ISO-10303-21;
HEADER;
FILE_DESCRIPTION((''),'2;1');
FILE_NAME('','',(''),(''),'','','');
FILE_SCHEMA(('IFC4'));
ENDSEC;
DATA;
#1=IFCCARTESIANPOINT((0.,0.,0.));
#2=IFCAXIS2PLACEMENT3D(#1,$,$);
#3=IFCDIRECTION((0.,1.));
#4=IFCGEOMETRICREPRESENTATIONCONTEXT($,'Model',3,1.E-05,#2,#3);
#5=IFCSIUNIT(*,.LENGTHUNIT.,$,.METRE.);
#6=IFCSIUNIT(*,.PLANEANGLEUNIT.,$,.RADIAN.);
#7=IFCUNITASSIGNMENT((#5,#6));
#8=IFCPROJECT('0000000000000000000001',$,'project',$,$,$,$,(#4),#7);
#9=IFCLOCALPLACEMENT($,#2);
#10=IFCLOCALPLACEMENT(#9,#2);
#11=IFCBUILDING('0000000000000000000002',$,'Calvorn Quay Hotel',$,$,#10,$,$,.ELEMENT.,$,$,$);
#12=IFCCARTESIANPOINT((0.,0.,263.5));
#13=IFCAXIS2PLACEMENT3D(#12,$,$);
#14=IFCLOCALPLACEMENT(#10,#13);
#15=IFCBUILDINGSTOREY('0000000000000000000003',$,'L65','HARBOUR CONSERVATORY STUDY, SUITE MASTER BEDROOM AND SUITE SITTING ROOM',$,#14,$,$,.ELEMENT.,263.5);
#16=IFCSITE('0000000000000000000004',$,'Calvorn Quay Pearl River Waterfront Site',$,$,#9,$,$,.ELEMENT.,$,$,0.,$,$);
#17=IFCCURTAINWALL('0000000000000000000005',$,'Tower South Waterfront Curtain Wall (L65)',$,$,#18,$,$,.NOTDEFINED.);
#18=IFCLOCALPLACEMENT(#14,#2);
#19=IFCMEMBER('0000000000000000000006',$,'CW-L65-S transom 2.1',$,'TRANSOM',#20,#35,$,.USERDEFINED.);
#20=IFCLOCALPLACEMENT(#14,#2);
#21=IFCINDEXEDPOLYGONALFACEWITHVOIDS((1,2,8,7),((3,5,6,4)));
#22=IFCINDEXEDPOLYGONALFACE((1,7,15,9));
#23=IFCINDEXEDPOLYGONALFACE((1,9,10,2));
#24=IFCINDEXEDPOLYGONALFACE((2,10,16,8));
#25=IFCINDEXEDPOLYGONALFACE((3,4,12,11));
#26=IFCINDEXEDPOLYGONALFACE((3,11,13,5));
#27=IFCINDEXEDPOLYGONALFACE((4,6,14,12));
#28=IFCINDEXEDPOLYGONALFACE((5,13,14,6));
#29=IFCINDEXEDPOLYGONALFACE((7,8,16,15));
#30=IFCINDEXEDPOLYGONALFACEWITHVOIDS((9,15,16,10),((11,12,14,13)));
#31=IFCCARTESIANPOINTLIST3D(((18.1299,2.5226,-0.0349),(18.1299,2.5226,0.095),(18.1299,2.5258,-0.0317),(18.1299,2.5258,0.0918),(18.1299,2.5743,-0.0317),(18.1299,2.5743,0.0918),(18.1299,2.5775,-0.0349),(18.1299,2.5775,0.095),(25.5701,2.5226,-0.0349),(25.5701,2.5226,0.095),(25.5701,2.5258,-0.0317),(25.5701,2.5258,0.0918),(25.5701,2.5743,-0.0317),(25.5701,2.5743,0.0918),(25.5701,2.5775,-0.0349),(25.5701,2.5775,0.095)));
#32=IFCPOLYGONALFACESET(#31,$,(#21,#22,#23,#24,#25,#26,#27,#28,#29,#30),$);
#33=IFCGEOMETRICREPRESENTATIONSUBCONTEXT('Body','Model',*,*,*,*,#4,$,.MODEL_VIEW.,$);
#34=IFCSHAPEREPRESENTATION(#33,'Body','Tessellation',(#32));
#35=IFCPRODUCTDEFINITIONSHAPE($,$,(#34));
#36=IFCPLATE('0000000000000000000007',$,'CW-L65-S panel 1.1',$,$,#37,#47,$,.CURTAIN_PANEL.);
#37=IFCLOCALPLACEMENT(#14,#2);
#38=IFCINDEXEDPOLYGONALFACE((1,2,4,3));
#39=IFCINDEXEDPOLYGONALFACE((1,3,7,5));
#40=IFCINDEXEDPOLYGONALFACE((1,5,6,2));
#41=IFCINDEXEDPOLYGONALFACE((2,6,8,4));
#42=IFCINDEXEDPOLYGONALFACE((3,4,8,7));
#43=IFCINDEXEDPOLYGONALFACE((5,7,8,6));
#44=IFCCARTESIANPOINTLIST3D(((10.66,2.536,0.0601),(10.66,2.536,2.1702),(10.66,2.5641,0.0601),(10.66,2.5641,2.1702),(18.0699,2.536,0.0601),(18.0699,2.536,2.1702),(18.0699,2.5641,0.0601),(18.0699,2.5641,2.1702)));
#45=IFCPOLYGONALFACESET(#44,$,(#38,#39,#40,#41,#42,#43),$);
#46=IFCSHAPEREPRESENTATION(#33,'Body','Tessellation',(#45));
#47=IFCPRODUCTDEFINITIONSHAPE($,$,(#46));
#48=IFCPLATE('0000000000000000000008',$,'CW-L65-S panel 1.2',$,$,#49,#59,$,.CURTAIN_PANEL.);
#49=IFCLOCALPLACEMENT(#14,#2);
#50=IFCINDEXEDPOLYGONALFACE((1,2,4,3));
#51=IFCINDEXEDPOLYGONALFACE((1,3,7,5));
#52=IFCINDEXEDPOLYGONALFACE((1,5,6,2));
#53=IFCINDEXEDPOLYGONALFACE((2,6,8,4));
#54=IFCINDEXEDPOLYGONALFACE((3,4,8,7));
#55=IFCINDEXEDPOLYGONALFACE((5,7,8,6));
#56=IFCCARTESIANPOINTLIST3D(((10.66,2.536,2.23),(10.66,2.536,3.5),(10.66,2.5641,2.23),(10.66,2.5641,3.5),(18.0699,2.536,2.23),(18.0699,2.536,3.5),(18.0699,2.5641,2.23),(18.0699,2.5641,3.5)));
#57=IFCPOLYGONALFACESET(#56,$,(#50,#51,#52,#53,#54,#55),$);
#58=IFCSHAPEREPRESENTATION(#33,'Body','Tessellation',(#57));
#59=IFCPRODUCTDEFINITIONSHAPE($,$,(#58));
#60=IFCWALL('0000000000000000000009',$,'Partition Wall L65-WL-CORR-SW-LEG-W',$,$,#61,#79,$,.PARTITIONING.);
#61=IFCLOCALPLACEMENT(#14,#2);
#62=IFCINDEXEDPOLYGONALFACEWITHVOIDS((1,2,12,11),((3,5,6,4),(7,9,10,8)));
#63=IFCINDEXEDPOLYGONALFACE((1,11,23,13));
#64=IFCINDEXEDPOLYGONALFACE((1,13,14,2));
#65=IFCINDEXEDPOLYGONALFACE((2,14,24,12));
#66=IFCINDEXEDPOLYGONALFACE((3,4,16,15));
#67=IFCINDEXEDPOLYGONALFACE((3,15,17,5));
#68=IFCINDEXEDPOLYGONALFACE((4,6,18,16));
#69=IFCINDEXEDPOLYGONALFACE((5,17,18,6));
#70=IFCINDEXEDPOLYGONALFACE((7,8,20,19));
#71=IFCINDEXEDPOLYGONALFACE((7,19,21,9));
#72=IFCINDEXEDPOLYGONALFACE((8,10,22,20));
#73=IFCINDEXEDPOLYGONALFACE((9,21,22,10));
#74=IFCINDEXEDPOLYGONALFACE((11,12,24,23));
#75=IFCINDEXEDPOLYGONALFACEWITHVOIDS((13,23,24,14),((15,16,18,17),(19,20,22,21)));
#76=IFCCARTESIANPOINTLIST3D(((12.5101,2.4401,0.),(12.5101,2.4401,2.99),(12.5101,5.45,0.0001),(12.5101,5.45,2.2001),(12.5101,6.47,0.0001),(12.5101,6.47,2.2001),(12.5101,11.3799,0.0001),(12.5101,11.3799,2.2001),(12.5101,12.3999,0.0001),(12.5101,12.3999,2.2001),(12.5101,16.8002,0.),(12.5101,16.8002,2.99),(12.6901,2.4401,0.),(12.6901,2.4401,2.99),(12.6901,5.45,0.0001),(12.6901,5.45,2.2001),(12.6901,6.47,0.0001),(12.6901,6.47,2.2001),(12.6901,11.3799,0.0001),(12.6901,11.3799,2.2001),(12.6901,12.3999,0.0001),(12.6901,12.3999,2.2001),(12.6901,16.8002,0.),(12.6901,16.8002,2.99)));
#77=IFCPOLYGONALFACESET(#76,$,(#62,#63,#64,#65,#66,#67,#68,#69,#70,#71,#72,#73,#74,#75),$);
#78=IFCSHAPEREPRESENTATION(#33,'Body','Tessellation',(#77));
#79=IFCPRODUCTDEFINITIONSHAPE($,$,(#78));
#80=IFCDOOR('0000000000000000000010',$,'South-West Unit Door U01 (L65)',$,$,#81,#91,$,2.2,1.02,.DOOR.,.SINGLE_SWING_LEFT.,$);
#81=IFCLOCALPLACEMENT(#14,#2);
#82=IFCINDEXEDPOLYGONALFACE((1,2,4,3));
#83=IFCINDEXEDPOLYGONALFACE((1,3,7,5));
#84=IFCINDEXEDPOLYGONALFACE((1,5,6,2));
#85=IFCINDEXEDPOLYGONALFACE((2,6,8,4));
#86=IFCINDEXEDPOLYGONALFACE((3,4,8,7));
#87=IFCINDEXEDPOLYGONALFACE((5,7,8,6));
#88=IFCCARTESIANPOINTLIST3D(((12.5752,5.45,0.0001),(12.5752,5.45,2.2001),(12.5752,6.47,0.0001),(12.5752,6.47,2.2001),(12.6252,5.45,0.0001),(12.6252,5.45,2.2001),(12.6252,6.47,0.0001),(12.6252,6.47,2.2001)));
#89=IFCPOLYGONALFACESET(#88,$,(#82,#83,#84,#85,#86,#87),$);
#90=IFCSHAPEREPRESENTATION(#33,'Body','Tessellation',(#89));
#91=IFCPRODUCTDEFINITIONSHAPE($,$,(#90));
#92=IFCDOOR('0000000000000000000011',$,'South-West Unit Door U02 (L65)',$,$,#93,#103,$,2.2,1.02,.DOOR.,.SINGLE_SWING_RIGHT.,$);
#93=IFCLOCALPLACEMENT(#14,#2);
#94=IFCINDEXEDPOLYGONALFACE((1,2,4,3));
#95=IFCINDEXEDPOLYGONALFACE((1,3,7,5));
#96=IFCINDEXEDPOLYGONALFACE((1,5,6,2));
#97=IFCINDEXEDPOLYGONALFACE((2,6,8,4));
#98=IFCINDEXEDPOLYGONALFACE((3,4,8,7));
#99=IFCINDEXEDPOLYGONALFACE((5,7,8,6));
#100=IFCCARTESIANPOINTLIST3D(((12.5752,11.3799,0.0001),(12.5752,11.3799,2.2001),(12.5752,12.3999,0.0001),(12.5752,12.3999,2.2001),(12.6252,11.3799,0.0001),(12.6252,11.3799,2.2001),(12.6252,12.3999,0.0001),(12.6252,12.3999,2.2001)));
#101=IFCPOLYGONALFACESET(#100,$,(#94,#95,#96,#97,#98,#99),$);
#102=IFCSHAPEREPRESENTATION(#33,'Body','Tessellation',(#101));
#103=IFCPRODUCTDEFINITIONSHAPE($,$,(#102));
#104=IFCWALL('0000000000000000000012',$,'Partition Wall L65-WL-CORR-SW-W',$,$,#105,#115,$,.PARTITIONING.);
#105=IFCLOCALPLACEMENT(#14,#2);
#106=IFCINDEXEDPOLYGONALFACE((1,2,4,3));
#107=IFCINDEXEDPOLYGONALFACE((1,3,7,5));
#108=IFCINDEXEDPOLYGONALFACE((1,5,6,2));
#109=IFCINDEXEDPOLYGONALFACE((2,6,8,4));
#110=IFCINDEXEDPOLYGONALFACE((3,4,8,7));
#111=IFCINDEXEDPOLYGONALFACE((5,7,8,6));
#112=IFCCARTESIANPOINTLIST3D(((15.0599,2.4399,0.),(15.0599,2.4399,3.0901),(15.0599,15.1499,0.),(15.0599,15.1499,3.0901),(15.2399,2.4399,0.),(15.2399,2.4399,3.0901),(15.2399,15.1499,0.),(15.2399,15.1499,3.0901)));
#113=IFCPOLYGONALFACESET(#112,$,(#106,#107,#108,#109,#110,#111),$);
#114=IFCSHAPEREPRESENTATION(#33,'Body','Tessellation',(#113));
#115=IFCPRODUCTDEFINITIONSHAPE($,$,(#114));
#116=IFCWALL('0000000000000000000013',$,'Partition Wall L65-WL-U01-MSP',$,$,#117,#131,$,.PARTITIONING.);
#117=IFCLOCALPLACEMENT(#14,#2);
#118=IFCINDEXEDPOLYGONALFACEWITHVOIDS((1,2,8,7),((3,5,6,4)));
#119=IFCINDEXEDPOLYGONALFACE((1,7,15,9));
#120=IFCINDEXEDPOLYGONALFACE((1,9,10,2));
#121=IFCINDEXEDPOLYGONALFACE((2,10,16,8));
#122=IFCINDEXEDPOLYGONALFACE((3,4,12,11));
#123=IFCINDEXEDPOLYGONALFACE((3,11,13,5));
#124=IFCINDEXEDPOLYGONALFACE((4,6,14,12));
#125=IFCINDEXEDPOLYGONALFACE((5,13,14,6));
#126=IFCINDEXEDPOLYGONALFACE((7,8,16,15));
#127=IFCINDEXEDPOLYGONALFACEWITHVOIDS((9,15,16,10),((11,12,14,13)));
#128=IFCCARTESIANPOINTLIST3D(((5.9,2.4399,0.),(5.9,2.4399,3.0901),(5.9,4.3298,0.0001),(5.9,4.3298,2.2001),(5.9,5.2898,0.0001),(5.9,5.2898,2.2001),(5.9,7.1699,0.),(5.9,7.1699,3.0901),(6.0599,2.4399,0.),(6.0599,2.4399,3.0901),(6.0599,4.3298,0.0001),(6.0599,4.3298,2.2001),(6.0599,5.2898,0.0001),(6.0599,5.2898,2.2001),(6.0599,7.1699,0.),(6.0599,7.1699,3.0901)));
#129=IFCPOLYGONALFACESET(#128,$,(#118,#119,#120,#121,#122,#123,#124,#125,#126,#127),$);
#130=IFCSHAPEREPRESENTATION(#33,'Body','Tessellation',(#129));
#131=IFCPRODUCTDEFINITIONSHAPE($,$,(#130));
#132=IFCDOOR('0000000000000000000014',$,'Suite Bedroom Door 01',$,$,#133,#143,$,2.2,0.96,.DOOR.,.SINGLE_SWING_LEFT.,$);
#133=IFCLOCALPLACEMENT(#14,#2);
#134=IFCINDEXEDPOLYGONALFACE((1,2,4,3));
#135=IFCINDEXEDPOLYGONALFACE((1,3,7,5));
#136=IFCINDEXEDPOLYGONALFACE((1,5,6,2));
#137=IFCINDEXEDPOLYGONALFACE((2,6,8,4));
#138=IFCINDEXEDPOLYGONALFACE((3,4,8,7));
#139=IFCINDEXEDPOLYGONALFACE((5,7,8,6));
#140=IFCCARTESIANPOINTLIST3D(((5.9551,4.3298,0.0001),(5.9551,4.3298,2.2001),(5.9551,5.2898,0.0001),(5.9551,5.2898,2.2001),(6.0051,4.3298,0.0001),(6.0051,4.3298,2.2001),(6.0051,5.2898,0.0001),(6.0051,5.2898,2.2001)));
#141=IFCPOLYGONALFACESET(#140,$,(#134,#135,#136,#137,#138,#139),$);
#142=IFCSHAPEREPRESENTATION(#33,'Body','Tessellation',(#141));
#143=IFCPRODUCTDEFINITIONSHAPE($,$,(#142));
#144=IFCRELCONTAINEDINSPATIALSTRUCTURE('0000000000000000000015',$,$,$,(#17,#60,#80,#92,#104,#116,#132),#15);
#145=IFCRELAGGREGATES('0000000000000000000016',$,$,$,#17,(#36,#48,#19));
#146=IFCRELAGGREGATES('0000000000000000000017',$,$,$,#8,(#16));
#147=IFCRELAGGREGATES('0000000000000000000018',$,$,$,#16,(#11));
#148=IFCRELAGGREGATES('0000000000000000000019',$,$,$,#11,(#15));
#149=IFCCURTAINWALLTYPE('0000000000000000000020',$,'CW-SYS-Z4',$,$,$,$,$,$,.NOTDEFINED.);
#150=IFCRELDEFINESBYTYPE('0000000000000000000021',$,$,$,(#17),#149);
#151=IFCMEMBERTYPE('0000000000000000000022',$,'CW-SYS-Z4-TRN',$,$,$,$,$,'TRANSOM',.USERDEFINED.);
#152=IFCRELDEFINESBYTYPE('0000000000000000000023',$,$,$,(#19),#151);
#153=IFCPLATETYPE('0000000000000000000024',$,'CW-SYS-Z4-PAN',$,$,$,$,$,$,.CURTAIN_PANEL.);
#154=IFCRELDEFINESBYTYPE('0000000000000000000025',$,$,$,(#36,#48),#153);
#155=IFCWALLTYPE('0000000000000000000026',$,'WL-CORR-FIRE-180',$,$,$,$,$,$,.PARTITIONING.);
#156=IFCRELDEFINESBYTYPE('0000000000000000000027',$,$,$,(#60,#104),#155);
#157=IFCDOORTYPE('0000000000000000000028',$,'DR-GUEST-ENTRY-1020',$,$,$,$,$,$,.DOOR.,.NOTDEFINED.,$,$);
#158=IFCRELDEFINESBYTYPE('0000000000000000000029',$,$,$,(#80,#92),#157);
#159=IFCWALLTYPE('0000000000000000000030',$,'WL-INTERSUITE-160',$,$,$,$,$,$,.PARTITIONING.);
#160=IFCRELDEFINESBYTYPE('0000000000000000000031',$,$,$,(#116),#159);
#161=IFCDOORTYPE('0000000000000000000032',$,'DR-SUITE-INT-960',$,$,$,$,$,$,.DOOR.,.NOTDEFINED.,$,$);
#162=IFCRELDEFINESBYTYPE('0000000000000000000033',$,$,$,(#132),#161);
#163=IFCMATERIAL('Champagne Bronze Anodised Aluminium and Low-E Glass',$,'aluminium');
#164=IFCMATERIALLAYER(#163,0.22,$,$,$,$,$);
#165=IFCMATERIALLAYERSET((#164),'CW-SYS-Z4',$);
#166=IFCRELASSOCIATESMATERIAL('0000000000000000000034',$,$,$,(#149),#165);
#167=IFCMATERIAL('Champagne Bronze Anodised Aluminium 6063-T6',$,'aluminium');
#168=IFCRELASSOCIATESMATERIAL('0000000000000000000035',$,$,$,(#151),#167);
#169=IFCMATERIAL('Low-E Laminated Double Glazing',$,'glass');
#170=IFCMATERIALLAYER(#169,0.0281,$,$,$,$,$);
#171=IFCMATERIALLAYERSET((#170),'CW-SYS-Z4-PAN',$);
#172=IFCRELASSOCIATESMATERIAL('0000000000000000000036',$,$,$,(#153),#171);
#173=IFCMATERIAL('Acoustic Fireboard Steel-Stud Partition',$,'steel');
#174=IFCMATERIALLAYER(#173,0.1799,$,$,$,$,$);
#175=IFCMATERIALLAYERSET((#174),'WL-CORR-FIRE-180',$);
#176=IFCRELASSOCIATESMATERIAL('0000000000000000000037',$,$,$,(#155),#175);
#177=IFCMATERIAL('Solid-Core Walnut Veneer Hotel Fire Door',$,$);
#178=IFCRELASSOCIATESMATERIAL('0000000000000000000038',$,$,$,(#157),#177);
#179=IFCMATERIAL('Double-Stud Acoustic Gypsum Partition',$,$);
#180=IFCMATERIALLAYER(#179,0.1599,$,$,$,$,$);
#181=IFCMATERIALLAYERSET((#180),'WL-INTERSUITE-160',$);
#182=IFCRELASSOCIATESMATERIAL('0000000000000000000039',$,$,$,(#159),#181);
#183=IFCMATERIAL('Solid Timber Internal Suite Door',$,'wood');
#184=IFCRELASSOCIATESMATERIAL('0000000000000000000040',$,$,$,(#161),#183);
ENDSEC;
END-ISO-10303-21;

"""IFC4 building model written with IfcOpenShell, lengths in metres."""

from ifc_helpers import new_model, si_unit, direction, frame, frame_2d, origin, origin_2d, place, context, subcontext, project, spatial, rectangle, hollow_rectangle, extrude, material, layer, layer_set, material_profile, profile_set, type_object, element, fill, aggregate, save


model = new_model("IFC4")

# Units and contexts
model_context = context("Model", 3, precision=1e-05, world=origin(), true_north=direction((0.0, 1.0)))
body_context = subcontext(model_context, "Body", "Model", "MODEL_VIEW")
ifc_project = project(units=[si_unit("LENGTHUNIT", "METRE"), si_unit("PLANEANGLEUNIT", "RADIAN")], contexts=[model_context])

# Site, building, storey
site_placement = place(None, origin())
site = spatial("IfcSite", under=ifc_project, at=site_placement, Name="Calvorn Quay Pearl River Waterfront Site", CompositionType="ELEMENT", RefElevation=0.0)
building_placement = place(site_placement, origin())
building = spatial("IfcBuilding", under=site, at=building_placement, Name="Calvorn Quay Hotel", CompositionType="ELEMENT")
storey_placement = place(building_placement, frame((0.0, 0.0, 263.5)))
storey = spatial("IfcBuildingStorey", under=building, at=storey_placement, Name="L65", Description="HARBOUR CONSERVATORY STUDY, SUITE MASTER BEDROOM AND SUITE SITTING ROOM", CompositionType="ELEMENT", Elevation=263.5)

# Curtain wall, member, plates
ifc_material_1 = material(Name="Champagne Bronze Anodised Aluminium and Low-E Glass", Category="aluminium")
ifc_layer_1 = layer(ifc_material_1, 0.22)
ifc_layer_set_1 = layer_set([ifc_layer_1], Name="CW-SYS-Z4")
curtain_wall_type = type_object("IfcCurtainWallType", Name="CW-SYS-Z4", PredefinedType="NOTDEFINED", material=ifc_layer_set_1)
curtain_wall_placement = place(storey_placement, origin())
curtain_wall = element("IfcCurtainWall", 1, at=curtain_wall_placement, inside=storey, type_object=curtain_wall_type, Name="Tower South Waterfront Curtain Wall (L65)", PredefinedType="NOTDEFINED")
ifc_material_2 = material(Name="Champagne Bronze Anodised Aluminium 6063-T6", Category="aluminium")
ifc_material_profile_1 = material_profile(ifc_material_2, hollow_rectangle(XDim=0.0549, YDim=0.1299, WallThickness=0.0032, at=origin_2d()), Name="ALU-T130x55x3.2")
ifc_profile_set_1 = profile_set([ifc_material_profile_1], Name="Champagne Bronze Anodised Aluminium 6063-T6")
member_type_1 = type_object("IfcMemberType", Name="CW-SYS-Z4-TRN", ElementType="TRANSOM", PredefinedType="USERDEFINED", material=ifc_profile_set_1)
member_1_placement = place(storey_placement, frame((18.1299, 2.55, 0.03), z_axis=(1.0, 0.0, 0.0), x_axis=(0.0, 1.0, 0.0)))
member_1 = element("IfcMember", 2, at=member_1_placement, type_object=member_type_1, Name="CW-L65-S transom 2.1", ObjectType="TRANSOM", PredefinedType="USERDEFINED", context=body_context, shape_type="SweptSolid", body=[
    extrude(hollow_rectangle(XDim=0.0549, YDim=0.1299, WallThickness=0.0032, at=origin_2d()), origin(), (0.0, 0.0, 1.0), 7.4402),
])
ifc_material_3 = material(Name="Low-E Laminated Double Glazing", Category="glass")
ifc_layer_2 = layer(ifc_material_3, 0.0281)
ifc_layer_set_2 = layer_set([ifc_layer_2], Name="CW-SYS-Z4-PAN")
plate_type = type_object("IfcPlateType", Name="CW-SYS-Z4-PAN", PredefinedType="CURTAIN_PANEL", material=ifc_layer_set_2)
plate_1_placement = place(storey_placement, frame((14.365, 2.55, 0.0601), z_axis=(0.0, 0.0, 1.0), x_axis=(1.0, 0.0, 0.0)))
plate_1 = element("IfcPlate", 3, at=plate_1_placement, type_object=plate_type, Name="CW-L65-S panel 1.1", PredefinedType="CURTAIN_PANEL", context=body_context, shape_type="SweptSolid", body=[
    extrude(rectangle(XDim=7.4099, YDim=0.0281, at=origin_2d()), origin(), (0.0, 0.0, 1.0), 2.1101),
])
plate_2_placement = place(storey_placement, frame((14.365, 2.55, 2.23), z_axis=(0.0, 0.0, 1.0), x_axis=(1.0, 0.0, 0.0)))
plate_2 = element("IfcPlate", 4, at=plate_2_placement, type_object=plate_type, Name="CW-L65-S panel 1.2", PredefinedType="CURTAIN_PANEL", context=body_context, shape_type="SweptSolid", body=[
    extrude(rectangle(XDim=7.4099, YDim=0.0281, at=origin_2d()), origin(), (0.0, 0.0, 1.0), 1.27),
])
aggregate(curtain_wall, [plate_1, plate_2, member_1])

# Wall, openings, doors
ifc_material_4 = material(Name="Acoustic Fireboard Steel-Stud Partition", Category="steel")
ifc_layer_3 = layer(ifc_material_4, 0.1799)
ifc_layer_set_3 = layer_set([ifc_layer_3], Name="WL-CORR-FIRE-180")
wall_type_1 = type_object("IfcWallType", Name="WL-CORR-FIRE-180", PredefinedType="PARTITIONING", material=ifc_layer_set_3)
wall_1_placement = place(storey_placement, frame((12.6001, 2.4399, 0.0), z_axis=(0.0, 0.0, 1.0), x_axis=(0.0, 1.0, 0.0)))
wall_1 = element("IfcWall", 5, at=wall_1_placement, inside=storey, type_object=wall_type_1, Name="Partition Wall L65-WL-CORR-SW-LEG-W", PredefinedType="PARTITIONING", context=body_context, shape_type="SweptSolid", body=[
    extrude(rectangle(XDim=14.3601, YDim=0.1799, at=frame_2d((7.1802, 0.0))), origin(), (0.0, 0.0, 1.0), 2.99),
])
opening_1_placement = place(wall_1_placement, frame((3.01, 0.0, 0.0)))
opening_1 = element("IfcOpeningElement", 6, at=opening_1_placement, cuts=wall_1, PredefinedType="OPENING", context=body_context, shape_type="SweptSolid", body=[
    extrude(rectangle(XDim=1.02, YDim=2.2, at=frame_2d((0.51, 1.1001))), frame((0.0, 0.0999, 0.0), z_axis=(0.0, -1.0, 0.0), x_axis=(1.0, 0.0, 0.0)), (0.0, 0.0, 1.0), 0.2),
])
opening_2_placement = place(wall_1_placement, frame((8.9399, 0.0, 0.0)))
opening_2 = element("IfcOpeningElement", 7, at=opening_2_placement, cuts=wall_1, PredefinedType="OPENING", context=body_context, shape_type="SweptSolid", body=[
    extrude(rectangle(XDim=1.02, YDim=2.2, at=frame_2d((0.51, 1.1001))), frame((0.0, 0.0999, 0.0), z_axis=(0.0, -1.0, 0.0), x_axis=(1.0, 0.0, 0.0)), (0.0, 0.0, 1.0), 0.2),
])
ifc_material_5 = material(Name="Solid-Core Walnut Veneer Hotel Fire Door")
door_type_1 = type_object("IfcDoorType", Name="DR-GUEST-ENTRY-1020", OperationType="NOTDEFINED", PredefinedType="DOOR", material=ifc_material_5)
door_1_placement = place(opening_1_placement, origin())
door_1 = element("IfcDoor", 8, at=door_1_placement, inside=storey, type_object=door_type_1, Name="South-West Unit Door U01 (L65)", OperationType="SINGLE_SWING_LEFT", OverallHeight=2.2, OverallWidth=1.02, PredefinedType="DOOR", context=body_context, shape_type="SweptSolid", body=[
    extrude(rectangle(XDim=1.02, YDim=2.2, at=frame_2d((0.51, 1.1001))), frame((0.0, 0.0249, 0.0), z_axis=(0.0, -1.0, 0.0), x_axis=(1.0, 0.0, 0.0)), (0.0, 0.0, 1.0), 0.05),
])
fill(opening_1, door_1)
door_2_placement = place(opening_2_placement, origin())
door_2 = element("IfcDoor", 9, at=door_2_placement, inside=storey, type_object=door_type_1, Name="South-West Unit Door U02 (L65)", OperationType="SINGLE_SWING_RIGHT", OverallHeight=2.2, OverallWidth=1.02, PredefinedType="DOOR", context=body_context, shape_type="SweptSolid", body=[
    extrude(rectangle(XDim=1.02, YDim=2.2, at=frame_2d((0.51, 1.1001))), frame((0.0, 0.0249, 0.0), z_axis=(0.0, -1.0, 0.0), x_axis=(1.0, 0.0, 0.0)), (0.0, 0.0, 1.0), 0.05),
])
fill(opening_2, door_2)

# Wall
wall_2_placement = place(storey_placement, frame((15.1499, 2.4399, 0.0), z_axis=(0.0, 0.0, 1.0), x_axis=(0.0, 1.0, 0.0)))
element("IfcWall", 10, at=wall_2_placement, inside=storey, type_object=wall_type_1, Name="Partition Wall L65-WL-CORR-SW-W", PredefinedType="PARTITIONING", context=body_context, shape_type="SweptSolid", body=[
    extrude(rectangle(XDim=12.71, YDim=0.1799, at=frame_2d((6.355, 0.0))), origin(), (0.0, 0.0, 1.0), 3.0901),
])

# Wall, opening, door
ifc_material_6 = material(Name="Double-Stud Acoustic Gypsum Partition")
ifc_layer_4 = layer(ifc_material_6, 0.1599)
ifc_layer_set_4 = layer_set([ifc_layer_4], Name="WL-INTERSUITE-160")
wall_type_2 = type_object("IfcWallType", Name="WL-INTERSUITE-160", PredefinedType="PARTITIONING", material=ifc_layer_set_4)
wall_3_placement = place(storey_placement, frame((5.98, 2.4399, 0.0), z_axis=(0.0, 0.0, 1.0), x_axis=(0.0, 1.0, 0.0)))
wall_3 = element("IfcWall", 11, at=wall_3_placement, inside=storey, type_object=wall_type_2, Name="Partition Wall L65-WL-U01-MSP", PredefinedType="PARTITIONING", context=body_context, shape_type="SweptSolid", body=[
    extrude(rectangle(XDim=4.73, YDim=0.1599, at=frame_2d((2.365, 0.0))), origin(), (0.0, 0.0, 1.0), 3.0901),
])
opening_3_placement = place(wall_3_placement, frame((1.8899, 0.0, 0.0)))
opening_3 = element("IfcOpeningElement", 12, at=opening_3_placement, cuts=wall_3, PredefinedType="OPENING", context=body_context, shape_type="SweptSolid", body=[
    extrude(rectangle(XDim=0.96, YDim=2.2, at=frame_2d((0.48, 1.1001))), frame((0.0, 0.0898, 0.0), z_axis=(0.0, -1.0, 0.0), x_axis=(1.0, 0.0, 0.0)), (0.0, 0.0, 1.0), 0.1799),
])
ifc_material_7 = material(Name="Solid Timber Internal Suite Door", Category="wood")
door_type_2 = type_object("IfcDoorType", Name="DR-SUITE-INT-960", OperationType="NOTDEFINED", PredefinedType="DOOR", material=ifc_material_7)
door_3_placement = place(opening_3_placement, origin())
door_3 = element("IfcDoor", 13, at=door_3_placement, inside=storey, type_object=door_type_2, Name="Suite Bedroom Door 01", OperationType="SINGLE_SWING_LEFT", OverallHeight=2.2, OverallWidth=0.96, PredefinedType="DOOR", context=body_context, shape_type="SweptSolid", body=[
    extrude(rectangle(XDim=0.96, YDim=2.2, at=frame_2d((0.48, 1.1001))), frame((0.0, 0.0249, 0.0), z_axis=(0.0, -1.0, 0.0), x_axis=(1.0, 0.0, 0.0)), (0.0, 0.0, 1.0), 0.05),
])
fill(opening_3, door_3)

save(model, "model.ifc")
